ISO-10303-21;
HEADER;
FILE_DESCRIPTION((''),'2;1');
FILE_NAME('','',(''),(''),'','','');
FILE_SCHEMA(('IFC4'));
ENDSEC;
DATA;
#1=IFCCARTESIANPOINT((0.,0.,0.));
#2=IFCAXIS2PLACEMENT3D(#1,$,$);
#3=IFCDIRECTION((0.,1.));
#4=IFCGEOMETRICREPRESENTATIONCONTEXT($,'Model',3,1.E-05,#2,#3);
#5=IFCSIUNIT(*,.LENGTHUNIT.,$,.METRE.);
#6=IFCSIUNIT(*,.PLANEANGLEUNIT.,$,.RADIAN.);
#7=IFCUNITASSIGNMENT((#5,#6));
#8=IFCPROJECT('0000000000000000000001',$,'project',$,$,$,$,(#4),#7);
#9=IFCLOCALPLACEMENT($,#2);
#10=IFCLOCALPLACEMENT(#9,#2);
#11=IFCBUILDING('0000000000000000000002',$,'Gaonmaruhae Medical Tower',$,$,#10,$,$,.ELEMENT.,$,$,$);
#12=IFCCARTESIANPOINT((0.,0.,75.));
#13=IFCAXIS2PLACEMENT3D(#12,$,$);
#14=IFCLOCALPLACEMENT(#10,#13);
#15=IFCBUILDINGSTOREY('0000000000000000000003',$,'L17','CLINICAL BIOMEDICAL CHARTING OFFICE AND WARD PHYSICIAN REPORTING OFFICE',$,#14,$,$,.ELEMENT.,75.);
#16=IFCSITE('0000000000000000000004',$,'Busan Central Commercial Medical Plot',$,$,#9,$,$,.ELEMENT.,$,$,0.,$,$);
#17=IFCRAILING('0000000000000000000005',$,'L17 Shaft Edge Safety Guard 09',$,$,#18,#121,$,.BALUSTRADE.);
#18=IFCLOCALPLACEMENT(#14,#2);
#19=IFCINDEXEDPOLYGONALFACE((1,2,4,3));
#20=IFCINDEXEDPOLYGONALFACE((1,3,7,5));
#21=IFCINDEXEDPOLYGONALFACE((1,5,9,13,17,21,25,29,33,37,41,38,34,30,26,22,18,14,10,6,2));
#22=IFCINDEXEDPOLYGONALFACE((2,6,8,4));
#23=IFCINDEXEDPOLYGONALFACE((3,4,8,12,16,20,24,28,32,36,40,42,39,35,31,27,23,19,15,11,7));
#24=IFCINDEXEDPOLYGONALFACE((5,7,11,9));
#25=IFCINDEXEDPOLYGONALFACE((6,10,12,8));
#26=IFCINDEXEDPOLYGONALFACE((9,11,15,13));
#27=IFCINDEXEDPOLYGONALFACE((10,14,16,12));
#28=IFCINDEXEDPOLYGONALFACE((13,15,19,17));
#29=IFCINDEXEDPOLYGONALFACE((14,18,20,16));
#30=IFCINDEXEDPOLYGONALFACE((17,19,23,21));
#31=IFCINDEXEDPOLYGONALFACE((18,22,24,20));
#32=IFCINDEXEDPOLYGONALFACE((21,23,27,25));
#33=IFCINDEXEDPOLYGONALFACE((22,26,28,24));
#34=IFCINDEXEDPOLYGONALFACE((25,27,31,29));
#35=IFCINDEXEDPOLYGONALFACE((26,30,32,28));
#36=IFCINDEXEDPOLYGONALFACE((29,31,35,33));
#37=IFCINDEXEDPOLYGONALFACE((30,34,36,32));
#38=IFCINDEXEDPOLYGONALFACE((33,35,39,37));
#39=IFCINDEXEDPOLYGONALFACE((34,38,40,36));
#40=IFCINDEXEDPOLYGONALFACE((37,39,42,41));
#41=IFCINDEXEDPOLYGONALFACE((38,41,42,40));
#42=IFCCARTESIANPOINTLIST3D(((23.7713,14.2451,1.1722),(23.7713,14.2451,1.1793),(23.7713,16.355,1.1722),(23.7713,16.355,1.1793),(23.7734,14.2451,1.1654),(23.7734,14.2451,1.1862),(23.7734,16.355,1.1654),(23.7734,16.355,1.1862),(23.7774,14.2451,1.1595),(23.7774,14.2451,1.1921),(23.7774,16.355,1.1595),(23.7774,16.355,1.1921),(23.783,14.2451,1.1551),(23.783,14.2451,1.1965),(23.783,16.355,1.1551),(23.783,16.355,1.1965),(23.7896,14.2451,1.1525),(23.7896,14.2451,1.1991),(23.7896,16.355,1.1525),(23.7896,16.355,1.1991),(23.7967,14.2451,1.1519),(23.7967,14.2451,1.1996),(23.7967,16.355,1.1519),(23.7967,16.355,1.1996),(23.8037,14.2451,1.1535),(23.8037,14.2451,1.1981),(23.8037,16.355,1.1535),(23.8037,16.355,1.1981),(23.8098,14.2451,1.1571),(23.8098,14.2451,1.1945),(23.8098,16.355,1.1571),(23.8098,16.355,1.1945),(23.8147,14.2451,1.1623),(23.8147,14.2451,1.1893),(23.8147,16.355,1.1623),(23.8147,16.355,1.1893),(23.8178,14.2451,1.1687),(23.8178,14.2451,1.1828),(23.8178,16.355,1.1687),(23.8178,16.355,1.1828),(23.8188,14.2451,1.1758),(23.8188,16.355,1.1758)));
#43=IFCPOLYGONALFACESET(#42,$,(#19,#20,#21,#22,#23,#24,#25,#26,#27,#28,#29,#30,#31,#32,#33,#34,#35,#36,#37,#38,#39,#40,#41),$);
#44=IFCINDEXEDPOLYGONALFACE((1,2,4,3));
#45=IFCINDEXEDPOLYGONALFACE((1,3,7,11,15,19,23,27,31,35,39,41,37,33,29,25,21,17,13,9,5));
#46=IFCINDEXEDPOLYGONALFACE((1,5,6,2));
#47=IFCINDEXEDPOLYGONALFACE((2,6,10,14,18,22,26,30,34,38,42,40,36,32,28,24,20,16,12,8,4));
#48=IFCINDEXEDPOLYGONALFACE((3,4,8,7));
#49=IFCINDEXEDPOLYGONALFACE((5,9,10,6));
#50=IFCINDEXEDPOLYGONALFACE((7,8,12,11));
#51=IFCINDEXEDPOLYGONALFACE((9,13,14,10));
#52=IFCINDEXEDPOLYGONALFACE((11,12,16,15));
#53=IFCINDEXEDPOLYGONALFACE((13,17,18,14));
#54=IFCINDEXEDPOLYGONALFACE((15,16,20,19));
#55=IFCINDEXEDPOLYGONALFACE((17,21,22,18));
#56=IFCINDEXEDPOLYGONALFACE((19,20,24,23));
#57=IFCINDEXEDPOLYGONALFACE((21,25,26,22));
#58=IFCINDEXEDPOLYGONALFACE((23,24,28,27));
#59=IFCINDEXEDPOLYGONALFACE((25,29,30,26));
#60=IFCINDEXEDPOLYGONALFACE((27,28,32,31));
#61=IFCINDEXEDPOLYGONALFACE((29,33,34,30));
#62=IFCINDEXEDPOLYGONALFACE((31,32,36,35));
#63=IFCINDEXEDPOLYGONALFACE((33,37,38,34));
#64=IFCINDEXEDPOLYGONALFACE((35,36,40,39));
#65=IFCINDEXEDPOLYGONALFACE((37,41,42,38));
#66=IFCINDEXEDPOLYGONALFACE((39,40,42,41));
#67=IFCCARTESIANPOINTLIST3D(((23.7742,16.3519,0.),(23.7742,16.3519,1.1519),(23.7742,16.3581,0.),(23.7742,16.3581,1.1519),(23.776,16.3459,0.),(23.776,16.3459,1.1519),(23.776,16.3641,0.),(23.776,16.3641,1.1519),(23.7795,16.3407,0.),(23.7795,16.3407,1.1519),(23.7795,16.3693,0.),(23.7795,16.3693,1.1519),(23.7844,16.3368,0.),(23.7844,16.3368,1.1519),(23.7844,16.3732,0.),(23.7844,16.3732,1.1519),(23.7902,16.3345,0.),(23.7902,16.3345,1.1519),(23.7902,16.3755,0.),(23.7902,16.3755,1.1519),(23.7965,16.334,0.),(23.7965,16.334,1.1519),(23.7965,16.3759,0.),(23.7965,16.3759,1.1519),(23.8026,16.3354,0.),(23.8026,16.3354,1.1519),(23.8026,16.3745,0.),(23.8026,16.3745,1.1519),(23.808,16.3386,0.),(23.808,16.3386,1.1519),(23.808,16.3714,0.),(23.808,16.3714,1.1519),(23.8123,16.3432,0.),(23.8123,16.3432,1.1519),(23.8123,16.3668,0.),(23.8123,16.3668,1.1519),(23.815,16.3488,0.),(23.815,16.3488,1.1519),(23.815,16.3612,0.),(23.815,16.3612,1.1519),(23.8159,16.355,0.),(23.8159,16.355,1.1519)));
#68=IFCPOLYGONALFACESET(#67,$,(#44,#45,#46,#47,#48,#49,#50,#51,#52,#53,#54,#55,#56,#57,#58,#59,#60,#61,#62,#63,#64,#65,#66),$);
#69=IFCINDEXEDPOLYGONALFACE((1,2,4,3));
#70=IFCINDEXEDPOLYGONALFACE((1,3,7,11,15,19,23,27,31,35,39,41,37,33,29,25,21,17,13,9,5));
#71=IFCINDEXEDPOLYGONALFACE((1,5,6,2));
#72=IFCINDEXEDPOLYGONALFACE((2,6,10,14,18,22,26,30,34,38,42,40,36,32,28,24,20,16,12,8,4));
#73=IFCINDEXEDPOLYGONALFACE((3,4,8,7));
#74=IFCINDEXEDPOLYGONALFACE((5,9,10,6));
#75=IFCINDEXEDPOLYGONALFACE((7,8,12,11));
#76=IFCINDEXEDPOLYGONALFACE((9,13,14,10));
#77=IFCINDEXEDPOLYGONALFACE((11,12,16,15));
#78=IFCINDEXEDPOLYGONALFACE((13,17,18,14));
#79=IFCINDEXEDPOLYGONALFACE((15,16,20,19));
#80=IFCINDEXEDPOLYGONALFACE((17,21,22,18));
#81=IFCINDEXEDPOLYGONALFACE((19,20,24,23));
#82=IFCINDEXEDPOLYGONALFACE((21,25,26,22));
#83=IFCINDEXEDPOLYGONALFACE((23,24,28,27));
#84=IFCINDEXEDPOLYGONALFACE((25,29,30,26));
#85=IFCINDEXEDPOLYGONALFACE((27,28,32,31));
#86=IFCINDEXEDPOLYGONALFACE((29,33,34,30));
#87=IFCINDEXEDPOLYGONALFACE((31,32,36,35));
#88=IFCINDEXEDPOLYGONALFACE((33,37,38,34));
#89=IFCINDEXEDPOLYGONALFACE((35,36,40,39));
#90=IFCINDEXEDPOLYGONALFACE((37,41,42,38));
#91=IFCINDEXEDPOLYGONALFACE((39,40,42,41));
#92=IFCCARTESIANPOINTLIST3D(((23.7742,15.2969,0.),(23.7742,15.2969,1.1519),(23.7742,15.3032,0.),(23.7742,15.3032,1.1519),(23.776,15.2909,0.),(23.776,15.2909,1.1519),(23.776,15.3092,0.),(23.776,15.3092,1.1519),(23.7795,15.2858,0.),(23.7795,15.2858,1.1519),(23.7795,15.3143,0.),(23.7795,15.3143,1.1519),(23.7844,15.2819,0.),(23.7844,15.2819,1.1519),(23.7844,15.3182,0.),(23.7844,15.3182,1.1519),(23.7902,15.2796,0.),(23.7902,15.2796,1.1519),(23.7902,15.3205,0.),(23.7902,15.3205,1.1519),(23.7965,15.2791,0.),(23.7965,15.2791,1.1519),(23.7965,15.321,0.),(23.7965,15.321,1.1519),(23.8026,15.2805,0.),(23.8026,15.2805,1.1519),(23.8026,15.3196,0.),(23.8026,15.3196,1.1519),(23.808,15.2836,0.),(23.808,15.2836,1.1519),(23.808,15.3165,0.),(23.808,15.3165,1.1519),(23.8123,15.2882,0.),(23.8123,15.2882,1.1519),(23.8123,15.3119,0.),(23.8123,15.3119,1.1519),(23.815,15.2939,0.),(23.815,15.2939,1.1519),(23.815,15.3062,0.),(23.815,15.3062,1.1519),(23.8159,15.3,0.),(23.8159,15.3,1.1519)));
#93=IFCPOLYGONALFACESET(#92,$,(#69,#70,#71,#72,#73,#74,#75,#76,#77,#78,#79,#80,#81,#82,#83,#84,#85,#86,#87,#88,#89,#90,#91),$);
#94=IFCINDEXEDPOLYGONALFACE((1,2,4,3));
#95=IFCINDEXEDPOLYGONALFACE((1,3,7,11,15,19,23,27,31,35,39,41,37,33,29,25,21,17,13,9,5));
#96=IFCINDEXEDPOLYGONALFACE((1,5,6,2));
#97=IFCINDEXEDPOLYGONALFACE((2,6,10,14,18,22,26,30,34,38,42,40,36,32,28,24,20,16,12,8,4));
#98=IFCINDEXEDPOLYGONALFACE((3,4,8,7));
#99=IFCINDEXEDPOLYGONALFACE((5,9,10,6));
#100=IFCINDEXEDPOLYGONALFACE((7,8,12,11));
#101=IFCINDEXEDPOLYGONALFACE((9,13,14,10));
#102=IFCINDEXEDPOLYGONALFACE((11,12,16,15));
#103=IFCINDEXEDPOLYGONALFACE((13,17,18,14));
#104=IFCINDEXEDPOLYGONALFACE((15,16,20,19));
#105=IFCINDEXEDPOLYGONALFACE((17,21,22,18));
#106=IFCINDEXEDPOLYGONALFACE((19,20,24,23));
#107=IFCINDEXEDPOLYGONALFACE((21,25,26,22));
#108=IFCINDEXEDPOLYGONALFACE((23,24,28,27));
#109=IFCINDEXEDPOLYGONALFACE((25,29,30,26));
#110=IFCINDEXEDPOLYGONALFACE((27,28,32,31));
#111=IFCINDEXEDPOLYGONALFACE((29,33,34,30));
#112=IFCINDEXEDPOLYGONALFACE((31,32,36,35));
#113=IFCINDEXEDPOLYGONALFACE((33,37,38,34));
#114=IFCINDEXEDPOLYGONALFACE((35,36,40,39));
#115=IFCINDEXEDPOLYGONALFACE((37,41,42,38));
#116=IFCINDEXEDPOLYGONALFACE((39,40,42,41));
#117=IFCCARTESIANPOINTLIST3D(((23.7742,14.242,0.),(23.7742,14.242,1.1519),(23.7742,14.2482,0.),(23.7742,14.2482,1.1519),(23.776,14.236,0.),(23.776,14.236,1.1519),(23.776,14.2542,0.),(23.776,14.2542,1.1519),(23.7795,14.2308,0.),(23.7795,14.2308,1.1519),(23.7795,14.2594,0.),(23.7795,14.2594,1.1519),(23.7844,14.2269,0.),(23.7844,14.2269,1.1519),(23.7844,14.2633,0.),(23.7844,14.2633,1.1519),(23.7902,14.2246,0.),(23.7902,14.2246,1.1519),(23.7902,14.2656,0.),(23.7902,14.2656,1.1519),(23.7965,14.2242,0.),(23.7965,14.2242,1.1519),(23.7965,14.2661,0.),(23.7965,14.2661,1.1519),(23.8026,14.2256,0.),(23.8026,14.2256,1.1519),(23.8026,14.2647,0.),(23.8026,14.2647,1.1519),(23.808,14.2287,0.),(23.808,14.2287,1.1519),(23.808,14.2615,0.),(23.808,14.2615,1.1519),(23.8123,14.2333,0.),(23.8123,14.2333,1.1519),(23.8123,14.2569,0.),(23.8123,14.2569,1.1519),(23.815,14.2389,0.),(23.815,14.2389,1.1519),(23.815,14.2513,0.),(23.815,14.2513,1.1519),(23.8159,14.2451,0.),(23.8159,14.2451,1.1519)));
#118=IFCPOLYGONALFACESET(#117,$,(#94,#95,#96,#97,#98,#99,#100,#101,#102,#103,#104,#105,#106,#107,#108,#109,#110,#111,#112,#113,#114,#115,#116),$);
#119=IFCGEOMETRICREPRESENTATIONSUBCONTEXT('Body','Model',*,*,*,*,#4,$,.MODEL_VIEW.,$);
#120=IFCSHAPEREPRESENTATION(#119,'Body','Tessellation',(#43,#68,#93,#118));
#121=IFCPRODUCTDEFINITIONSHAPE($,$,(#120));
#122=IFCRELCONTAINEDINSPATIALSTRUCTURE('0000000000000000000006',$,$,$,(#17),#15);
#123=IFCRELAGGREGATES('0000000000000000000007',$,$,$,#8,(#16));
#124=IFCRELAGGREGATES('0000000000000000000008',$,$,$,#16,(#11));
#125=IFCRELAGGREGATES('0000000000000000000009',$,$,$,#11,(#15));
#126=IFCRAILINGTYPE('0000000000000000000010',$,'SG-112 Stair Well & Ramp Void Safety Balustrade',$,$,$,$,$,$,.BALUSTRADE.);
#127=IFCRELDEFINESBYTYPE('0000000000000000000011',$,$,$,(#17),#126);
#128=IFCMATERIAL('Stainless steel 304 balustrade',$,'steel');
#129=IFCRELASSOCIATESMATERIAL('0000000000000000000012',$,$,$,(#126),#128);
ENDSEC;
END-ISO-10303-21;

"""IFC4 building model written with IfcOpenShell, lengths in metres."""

from ifc_helpers import new_model, si_unit, direction, frame, origin, origin_2d, place, context, subcontext, project, spatial, circle, extrude, material, type_object, element, save


model = new_model("IFC4")

# Units and contexts
model_context = context("Model", 3, precision=1e-05, world=origin(), true_north=direction((0.0, 1.0)))
body_context = subcontext(model_context, "Body", "Model", "MODEL_VIEW")
ifc_project = project(units=[si_unit("LENGTHUNIT", "METRE"), si_unit("PLANEANGLEUNIT", "RADIAN")], contexts=[model_context])

# Site, building, storey
site_placement = place(None, origin())
site = spatial("IfcSite", under=ifc_project, at=site_placement, Name="Busan Central Commercial Medical Plot", CompositionType="ELEMENT", RefElevation=0.0)
building_placement = place(site_placement, origin())
building = spatial("IfcBuilding", under=site, at=building_placement, Name="Gaonmaruhae Medical Tower", CompositionType="ELEMENT")
storey_placement = place(building_placement, frame((0.0, 0.0, 75.0)))
storey = spatial("IfcBuildingStorey", under=building, at=storey_placement, Name="L17", Description="CLINICAL BIOMEDICAL CHARTING OFFICE AND WARD PHYSICIAN REPORTING OFFICE", CompositionType="ELEMENT", Elevation=75.0)

# Railing
ifc_material_1 = material(Name="Stainless steel 304 balustrade", Category="steel")
railing_type_1 = type_object("IfcRailingType", Name="SG-112 Stair Well & Ramp Void Safety Balustrade", PredefinedType="BALUSTRADE", material=ifc_material_1)
railing_1_placement = place(storey_placement, frame((23.7949, 16.355, 0.0)))
element("IfcRailing", 1, at=railing_1_placement, inside=storey, type_object=railing_type_1, Name="L17 Shaft Edge Safety Guard 09", PredefinedType="BALUSTRADE", context=body_context, shape_type="SweptSolid", body=[
    extrude(circle(Radius=0.0239, at=origin_2d()), frame((0.0, 0.0, 1.1758), z_axis=(0.0, -1.0, 0.0), x_axis=(1.0, 0.0, 0.0)), (0.0, 0.0, 1.0), 2.1099),
    extrude(circle(Radius=0.021, at=origin_2d()), origin(), (0.0, 0.0, 1.0), 1.1519),
    extrude(circle(Radius=0.021, at=origin_2d()), frame((0.0, -1.0549, 0.0)), (0.0, 0.0, 1.0), 1.1519),
    extrude(circle(Radius=0.021, at=origin_2d()), frame((0.0, -2.1099, 0.0)), (0.0, 0.0, 1.0), 1.1519),
])

save(model, "model.ifc")
